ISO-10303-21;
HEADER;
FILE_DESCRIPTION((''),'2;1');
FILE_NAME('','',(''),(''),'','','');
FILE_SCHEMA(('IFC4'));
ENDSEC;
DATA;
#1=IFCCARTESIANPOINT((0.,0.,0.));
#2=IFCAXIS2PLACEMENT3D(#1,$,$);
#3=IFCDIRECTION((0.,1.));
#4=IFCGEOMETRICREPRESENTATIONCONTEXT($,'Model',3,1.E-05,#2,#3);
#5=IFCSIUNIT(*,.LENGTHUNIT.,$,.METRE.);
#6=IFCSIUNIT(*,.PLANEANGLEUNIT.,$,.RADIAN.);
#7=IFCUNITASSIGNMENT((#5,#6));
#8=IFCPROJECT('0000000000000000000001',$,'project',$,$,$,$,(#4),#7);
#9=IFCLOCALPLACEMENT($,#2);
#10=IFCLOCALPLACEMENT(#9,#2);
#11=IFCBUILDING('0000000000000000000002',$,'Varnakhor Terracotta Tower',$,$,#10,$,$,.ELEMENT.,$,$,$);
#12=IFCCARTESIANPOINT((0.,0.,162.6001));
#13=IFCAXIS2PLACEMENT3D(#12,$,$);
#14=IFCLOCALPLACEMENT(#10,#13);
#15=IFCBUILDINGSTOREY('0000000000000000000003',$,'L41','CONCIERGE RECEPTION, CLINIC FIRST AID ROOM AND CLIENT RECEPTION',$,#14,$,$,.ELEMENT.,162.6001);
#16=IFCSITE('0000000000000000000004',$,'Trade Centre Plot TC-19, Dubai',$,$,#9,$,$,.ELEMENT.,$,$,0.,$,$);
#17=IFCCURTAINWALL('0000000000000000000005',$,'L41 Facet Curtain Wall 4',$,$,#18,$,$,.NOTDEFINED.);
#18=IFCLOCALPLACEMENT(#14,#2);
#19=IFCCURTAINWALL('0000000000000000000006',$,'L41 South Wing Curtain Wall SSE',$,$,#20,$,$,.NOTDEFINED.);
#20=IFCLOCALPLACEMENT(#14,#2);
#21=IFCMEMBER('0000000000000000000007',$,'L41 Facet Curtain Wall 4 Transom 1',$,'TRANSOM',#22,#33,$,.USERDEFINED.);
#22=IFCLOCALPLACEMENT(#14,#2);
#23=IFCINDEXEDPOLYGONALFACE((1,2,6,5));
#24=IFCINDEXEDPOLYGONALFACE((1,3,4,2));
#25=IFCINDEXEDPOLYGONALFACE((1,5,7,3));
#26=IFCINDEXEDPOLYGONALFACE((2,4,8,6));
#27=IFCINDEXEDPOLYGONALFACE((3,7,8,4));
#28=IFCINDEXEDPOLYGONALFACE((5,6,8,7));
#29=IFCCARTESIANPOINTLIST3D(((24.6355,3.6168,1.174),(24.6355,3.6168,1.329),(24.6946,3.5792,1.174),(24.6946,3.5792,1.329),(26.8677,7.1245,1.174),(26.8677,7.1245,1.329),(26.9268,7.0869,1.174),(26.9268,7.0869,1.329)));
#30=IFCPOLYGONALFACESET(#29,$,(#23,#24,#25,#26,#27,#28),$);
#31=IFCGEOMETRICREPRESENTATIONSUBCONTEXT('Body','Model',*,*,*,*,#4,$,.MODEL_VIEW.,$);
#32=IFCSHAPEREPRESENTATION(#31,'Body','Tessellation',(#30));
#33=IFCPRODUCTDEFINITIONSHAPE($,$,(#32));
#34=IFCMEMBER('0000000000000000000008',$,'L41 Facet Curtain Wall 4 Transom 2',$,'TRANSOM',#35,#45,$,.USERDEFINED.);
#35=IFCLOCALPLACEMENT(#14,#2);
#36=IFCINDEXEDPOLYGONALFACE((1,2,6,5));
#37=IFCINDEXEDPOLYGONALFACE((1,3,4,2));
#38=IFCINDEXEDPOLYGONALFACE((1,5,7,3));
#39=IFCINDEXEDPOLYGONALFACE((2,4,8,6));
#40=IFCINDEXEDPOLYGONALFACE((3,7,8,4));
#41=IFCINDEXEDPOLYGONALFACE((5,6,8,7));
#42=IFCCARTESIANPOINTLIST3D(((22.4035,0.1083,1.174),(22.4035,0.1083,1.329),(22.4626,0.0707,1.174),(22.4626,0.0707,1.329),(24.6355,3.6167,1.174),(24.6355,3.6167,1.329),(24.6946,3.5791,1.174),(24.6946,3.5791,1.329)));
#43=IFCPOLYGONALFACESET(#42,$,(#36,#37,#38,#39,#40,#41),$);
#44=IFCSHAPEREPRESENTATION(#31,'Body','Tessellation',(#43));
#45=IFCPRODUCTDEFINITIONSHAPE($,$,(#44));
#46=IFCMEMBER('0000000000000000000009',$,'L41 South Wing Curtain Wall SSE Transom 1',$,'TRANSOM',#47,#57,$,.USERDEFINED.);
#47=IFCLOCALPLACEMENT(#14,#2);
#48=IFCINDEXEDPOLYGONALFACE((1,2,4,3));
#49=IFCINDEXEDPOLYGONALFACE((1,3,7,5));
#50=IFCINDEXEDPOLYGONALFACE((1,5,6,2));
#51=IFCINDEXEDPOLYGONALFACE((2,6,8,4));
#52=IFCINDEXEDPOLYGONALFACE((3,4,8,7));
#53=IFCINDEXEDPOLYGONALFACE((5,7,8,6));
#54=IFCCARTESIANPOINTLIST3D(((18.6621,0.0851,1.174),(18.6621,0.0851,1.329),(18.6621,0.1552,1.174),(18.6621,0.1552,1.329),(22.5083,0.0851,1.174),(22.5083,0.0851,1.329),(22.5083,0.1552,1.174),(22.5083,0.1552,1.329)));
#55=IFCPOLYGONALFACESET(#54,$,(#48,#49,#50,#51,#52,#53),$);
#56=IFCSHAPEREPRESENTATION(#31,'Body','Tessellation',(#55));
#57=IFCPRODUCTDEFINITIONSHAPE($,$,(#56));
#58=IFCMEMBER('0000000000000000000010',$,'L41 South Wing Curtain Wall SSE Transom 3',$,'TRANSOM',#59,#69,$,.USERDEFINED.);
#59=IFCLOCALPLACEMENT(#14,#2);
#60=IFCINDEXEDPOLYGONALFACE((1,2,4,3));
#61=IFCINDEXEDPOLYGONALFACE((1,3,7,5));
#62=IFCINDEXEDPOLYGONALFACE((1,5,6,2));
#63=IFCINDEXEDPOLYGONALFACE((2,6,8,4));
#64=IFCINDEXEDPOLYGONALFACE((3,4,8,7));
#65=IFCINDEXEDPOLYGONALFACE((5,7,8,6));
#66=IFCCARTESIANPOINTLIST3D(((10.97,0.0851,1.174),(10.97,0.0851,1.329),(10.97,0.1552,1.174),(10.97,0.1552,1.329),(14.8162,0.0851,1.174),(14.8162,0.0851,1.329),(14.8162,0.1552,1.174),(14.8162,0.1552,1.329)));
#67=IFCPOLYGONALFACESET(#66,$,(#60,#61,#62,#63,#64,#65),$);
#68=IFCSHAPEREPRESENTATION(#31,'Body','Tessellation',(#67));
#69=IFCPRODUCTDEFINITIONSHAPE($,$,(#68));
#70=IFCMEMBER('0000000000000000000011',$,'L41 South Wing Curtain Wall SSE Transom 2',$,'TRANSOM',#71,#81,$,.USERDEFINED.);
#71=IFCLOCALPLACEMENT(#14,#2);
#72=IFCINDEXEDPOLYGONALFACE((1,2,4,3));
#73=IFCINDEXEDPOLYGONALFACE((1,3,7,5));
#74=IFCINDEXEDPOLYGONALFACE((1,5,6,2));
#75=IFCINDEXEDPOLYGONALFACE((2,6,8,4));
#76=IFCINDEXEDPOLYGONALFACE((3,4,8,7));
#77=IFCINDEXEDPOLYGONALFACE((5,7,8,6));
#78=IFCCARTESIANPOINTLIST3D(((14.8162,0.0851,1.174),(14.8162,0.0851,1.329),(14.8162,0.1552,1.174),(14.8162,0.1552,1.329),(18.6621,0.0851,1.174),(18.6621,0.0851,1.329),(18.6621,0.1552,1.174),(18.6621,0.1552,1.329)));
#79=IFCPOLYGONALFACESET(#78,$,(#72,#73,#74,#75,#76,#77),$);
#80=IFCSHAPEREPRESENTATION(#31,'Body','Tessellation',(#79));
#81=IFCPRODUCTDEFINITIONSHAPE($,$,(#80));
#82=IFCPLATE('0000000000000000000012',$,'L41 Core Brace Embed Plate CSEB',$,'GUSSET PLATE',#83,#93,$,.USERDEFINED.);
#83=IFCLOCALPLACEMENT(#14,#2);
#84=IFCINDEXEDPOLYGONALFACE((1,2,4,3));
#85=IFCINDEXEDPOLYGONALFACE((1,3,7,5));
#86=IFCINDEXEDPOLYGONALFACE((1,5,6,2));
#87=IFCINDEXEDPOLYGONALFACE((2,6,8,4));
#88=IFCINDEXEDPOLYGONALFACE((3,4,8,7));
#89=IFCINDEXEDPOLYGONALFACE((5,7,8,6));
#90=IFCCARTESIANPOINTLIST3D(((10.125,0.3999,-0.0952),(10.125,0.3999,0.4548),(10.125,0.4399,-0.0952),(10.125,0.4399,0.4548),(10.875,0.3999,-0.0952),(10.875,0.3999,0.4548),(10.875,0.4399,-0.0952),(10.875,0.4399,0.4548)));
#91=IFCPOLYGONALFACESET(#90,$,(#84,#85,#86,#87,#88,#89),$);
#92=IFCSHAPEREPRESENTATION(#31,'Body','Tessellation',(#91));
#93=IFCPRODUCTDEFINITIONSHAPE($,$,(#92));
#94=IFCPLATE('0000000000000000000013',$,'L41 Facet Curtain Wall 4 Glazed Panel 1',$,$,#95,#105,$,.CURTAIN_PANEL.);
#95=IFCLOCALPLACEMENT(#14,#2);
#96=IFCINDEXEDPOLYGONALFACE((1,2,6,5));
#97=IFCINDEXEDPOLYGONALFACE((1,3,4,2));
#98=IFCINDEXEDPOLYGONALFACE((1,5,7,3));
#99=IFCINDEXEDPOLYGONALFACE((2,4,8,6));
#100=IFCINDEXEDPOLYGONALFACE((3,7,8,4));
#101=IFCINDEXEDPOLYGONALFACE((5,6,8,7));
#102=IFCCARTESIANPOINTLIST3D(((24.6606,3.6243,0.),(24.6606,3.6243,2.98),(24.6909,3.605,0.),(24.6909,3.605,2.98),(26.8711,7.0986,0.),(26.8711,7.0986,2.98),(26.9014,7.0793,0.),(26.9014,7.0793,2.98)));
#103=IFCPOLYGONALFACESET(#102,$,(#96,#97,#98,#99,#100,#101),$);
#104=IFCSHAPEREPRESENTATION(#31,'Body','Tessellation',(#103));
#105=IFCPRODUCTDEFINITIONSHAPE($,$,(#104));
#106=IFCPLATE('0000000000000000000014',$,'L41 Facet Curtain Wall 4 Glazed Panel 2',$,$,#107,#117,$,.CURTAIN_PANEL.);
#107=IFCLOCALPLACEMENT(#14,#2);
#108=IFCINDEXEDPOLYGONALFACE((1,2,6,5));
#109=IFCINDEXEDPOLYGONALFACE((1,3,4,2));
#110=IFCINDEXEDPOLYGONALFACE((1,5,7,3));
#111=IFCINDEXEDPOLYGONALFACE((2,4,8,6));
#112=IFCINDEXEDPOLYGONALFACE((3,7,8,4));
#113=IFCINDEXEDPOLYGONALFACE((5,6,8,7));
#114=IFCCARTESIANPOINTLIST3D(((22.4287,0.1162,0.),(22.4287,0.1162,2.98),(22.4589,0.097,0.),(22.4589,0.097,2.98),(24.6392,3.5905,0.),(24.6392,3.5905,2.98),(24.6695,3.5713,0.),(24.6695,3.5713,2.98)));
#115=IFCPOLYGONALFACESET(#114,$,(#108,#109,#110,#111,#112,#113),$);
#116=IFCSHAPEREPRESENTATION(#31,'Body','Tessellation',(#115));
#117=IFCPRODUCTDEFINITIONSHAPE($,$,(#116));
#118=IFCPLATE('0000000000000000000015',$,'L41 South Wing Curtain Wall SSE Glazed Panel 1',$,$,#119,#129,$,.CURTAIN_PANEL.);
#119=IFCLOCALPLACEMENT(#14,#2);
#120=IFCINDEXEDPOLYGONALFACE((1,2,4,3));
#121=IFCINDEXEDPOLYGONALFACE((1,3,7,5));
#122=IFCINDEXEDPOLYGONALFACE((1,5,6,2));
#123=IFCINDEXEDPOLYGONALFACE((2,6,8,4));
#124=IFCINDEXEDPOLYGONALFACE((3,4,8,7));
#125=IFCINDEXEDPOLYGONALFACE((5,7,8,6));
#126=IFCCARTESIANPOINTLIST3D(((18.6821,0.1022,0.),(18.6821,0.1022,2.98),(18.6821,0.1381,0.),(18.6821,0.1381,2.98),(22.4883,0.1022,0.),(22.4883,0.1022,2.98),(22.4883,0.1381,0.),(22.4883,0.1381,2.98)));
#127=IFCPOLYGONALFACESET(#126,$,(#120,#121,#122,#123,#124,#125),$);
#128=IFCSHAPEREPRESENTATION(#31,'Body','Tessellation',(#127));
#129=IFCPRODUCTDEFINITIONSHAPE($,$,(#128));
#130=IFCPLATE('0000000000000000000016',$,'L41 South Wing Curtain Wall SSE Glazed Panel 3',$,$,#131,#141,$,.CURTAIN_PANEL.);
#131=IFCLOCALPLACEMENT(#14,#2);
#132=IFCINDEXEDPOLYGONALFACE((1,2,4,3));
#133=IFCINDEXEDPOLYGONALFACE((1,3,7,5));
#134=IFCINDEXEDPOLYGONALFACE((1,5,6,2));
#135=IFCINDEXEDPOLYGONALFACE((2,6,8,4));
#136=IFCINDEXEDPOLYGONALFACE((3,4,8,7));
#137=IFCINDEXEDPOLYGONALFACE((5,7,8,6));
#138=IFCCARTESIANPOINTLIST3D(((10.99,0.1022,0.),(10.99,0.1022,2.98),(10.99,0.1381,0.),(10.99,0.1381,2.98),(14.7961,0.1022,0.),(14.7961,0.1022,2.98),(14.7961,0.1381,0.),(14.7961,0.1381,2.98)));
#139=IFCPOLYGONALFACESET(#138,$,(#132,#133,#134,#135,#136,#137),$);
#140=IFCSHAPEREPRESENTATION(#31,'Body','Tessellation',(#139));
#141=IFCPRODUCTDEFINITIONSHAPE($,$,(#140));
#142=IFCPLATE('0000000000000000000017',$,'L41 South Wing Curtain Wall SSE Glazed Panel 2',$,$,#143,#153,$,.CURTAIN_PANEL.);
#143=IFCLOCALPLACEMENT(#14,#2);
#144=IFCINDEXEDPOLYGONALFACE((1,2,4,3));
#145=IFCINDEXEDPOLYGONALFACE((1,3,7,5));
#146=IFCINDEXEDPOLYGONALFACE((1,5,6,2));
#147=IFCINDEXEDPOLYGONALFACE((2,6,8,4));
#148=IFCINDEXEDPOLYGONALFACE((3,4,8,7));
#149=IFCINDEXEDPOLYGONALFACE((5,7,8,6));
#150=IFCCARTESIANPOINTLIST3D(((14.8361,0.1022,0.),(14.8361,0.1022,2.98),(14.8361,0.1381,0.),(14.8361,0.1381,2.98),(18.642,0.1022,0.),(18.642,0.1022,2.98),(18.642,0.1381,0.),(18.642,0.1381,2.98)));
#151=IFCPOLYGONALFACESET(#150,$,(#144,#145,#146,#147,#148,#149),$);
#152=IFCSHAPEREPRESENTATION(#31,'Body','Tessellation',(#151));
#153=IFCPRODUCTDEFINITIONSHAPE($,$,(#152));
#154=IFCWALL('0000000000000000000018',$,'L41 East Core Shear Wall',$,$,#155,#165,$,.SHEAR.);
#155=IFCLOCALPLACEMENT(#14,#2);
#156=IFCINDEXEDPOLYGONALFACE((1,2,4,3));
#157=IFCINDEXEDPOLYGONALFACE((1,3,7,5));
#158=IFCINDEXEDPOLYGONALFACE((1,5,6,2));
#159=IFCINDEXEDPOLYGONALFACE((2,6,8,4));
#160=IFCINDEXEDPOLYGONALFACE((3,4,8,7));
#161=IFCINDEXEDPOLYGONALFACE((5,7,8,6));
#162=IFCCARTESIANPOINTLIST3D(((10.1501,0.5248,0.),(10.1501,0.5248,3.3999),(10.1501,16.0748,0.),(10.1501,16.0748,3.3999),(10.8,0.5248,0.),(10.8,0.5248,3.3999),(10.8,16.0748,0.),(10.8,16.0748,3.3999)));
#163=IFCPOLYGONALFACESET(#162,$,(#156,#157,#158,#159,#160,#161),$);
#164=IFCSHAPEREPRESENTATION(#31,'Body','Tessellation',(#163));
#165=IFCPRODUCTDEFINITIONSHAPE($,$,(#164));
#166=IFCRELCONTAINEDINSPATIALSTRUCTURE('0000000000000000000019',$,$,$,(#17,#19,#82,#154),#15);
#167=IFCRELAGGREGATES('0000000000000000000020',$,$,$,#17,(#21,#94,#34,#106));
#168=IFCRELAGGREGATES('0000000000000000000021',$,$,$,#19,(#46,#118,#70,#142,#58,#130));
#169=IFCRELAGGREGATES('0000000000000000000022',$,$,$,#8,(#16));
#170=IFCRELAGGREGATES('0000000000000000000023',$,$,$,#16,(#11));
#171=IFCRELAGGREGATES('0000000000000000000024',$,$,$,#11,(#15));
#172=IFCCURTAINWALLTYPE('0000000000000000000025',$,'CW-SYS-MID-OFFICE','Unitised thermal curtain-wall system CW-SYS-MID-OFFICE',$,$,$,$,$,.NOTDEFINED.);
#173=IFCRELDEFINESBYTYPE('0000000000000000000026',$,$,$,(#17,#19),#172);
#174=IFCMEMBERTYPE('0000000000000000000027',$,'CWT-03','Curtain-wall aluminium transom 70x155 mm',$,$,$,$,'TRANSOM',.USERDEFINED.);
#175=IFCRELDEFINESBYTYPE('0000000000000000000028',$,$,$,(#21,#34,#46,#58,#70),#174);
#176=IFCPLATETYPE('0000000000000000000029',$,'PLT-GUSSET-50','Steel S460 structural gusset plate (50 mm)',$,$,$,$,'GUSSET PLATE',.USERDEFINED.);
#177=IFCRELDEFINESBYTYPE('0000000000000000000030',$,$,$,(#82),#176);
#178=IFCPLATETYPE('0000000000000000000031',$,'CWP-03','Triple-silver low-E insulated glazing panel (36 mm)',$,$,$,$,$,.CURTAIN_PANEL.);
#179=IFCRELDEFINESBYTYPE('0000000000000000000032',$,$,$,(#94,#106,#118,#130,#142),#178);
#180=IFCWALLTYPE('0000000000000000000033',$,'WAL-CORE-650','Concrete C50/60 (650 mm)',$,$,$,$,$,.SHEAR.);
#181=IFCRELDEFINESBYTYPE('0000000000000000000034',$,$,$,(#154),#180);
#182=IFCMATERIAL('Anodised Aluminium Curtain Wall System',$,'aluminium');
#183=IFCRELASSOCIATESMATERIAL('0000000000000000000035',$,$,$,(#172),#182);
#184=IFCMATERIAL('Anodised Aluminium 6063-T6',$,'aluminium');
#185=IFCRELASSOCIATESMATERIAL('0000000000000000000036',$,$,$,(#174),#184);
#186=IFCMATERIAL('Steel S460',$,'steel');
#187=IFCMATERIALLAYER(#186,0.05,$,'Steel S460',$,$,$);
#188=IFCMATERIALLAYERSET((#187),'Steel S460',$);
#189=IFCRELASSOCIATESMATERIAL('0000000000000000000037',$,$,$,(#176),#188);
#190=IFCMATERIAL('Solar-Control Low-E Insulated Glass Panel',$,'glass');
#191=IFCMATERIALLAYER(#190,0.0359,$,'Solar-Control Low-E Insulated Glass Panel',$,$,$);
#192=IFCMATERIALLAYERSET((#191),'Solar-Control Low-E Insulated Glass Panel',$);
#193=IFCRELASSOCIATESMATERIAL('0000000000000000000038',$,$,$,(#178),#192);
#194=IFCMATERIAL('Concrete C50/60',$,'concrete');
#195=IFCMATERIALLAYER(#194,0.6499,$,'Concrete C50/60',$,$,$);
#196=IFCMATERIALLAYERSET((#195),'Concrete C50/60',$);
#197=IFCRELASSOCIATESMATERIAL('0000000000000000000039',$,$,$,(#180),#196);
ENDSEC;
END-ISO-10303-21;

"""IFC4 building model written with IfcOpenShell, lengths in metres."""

from ifc_helpers import new_model, si_unit, direction, frame, frame_2d, origin, origin_2d, place, context, subcontext, project, spatial, rectangle, extrude, source, transform, mapped, material, layer, layer_set, material_profile, profile_set, type_object, type_shapes, element, aggregate, save


model = new_model("IFC4")

# Units and contexts
model_context = context("Model", 3, precision=1e-05, world=origin(), true_north=direction((0.0, 1.0)))
body_context = subcontext(model_context, "Body", "Model", "MODEL_VIEW")
ifc_project = project(units=[si_unit("LENGTHUNIT", "METRE"), si_unit("PLANEANGLEUNIT", "RADIAN")], contexts=[model_context])

# Site, building, storey
site_placement = place(None, origin())
site = spatial("IfcSite", under=ifc_project, at=site_placement, Name="Trade Centre Plot TC-19, Dubai", CompositionType="ELEMENT", RefElevation=0.0)
building_placement = place(site_placement, origin())
building = spatial("IfcBuilding", under=site, at=building_placement, Name="Varnakhor Terracotta Tower", CompositionType="ELEMENT")
storey_placement = place(building_placement, frame((0.0, 0.0, 162.6001)))
storey = spatial("IfcBuildingStorey", under=building, at=storey_placement, Name="L41", Description="CONCIERGE RECEPTION, CLINIC FIRST AID ROOM AND CLIENT RECEPTION", CompositionType="ELEMENT", Elevation=162.6001)

# Shared definitions
ifc_material_1 = material(Name="Concrete C50/60", Category="concrete")
ifc_material_2 = material(Name="Steel S460", Category="steel")

# Curtain walls
ifc_material_3 = material(Name="Anodised Aluminium Curtain Wall System", Category="aluminium")
curtain_wall_type = type_object("IfcCurtainWallType", Name="CW-SYS-MID-OFFICE", Description="Unitised thermal curtain-wall system CW-SYS-MID-OFFICE", PredefinedType="NOTDEFINED", material=ifc_material_3)
curtain_wall_1_placement = place(storey_placement, origin())
curtain_wall_1 = element("IfcCurtainWall", 1, at=curtain_wall_1_placement, inside=storey, type_object=curtain_wall_type, Name="L41 Facet Curtain Wall 4", PredefinedType="NOTDEFINED")
ifc_material_4 = material(Name="Anodised Aluminium 6063-T6", Category="aluminium")
curtain_wall_2_placement = place(storey_placement, origin())
curtain_wall_2 = element("IfcCurtainWall", 2, at=curtain_wall_2_placement, inside=storey, type_object=curtain_wall_type, Name="L41 South Wing Curtain Wall SSE", PredefinedType="NOTDEFINED")

# Members
ifc_material_profile_1 = material_profile(ifc_material_4, rectangle(XDim=0.0701, YDim=0.155, at=origin_2d()), Name="ALU TRANSOM 70x155")
ifc_profile_set_1 = profile_set([ifc_material_profile_1], Name="Anodised Aluminium 6063-T6")
member_type_1 = type_object("IfcMemberType", Name="CWT-03", Description="Curtain-wall aluminium transom 70x155 mm", ElementType="TRANSOM", PredefinedType="USERDEFINED", material=ifc_profile_set_1)
shared_shape_1 = source(origin(), body_context, "Body", "SweptSolid", [
    extrude(rectangle(XDim=0.0701, YDim=0.155, at=origin_2d()), origin(), (0.0, 0.0, 1.0), 4.1577),
])
member_1_placement = place(storey_placement, frame((26.8972, 7.1057, 1.2515), z_axis=(-0.536864, -0.843669, 0.0), x_axis=(0.843669, -0.536864, 0.0)))
member_1 = element("IfcMember", 3, at=member_1_placement, type_object=member_type_1, Name="L41 Facet Curtain Wall 4 Transom 1", ObjectType="TRANSOM", PredefinedType="USERDEFINED", context=body_context, shape_type="MappedRepresentation", body=[
    mapped(shared_shape_1, transform((0.0, 0.0, 0.0), scale=1.0)),
])
shared_shape_2 = source(origin(), body_context, "Body", "SweptSolid", [
    extrude(rectangle(XDim=0.0701, YDim=0.155, at=origin_2d()), origin(), (0.0, 0.0, 1.0), 4.1582),
])
member_2_placement = place(storey_placement, frame((24.665, 3.5979, 1.2515), z_axis=(-0.536769, -0.843729, 0.0), x_axis=(0.843729, -0.536769, 0.0)))
member_2 = element("IfcMember", 4, at=member_2_placement, type_object=member_type_1, Name="L41 Facet Curtain Wall 4 Transom 2", ObjectType="TRANSOM", PredefinedType="USERDEFINED", context=body_context, shape_type="MappedRepresentation", body=[
    mapped(shared_shape_2, transform((0.0, 0.0, 0.0), scale=1.0)),
])
shared_shape_3 = source(origin(), body_context, "Body", "SweptSolid", [
    extrude(rectangle(XDim=0.0701, YDim=0.155, at=origin_2d()), origin(), (0.0, 0.0, 1.0), 3.8462),
])
member_3_placement = place(storey_placement, frame((22.5083, 0.1201, 1.2515), z_axis=(-1.0, 0.0, 0.0), x_axis=(0.0, -1.0, 0.0)))
member_3 = element("IfcMember", 5, at=member_3_placement, type_object=member_type_1, Name="L41 South Wing Curtain Wall SSE Transom 1", ObjectType="TRANSOM", PredefinedType="USERDEFINED", context=body_context, shape_type="MappedRepresentation", body=[
    mapped(shared_shape_3, transform((0.0, 0.0, 0.0), scale=1.0)),
])
member_4_placement = place(storey_placement, frame((14.8162, 0.1201, 1.2515), z_axis=(-1.0, 0.0, 0.0), x_axis=(0.0, -1.0, 0.0)))
member_4 = element("IfcMember", 6, at=member_4_placement, type_object=member_type_1, Name="L41 South Wing Curtain Wall SSE Transom 3", ObjectType="TRANSOM", PredefinedType="USERDEFINED", context=body_context, shape_type="MappedRepresentation", body=[
    mapped(shared_shape_3, transform((0.0, 0.0, 0.0), scale=1.0)),
])
shared_shape_4 = source(origin(), body_context, "Body", "SweptSolid", [
    extrude(rectangle(XDim=0.0701, YDim=0.155, at=origin_2d()), origin(), (0.0, 0.0, 1.0), 3.8459),
])
member_5_placement = place(storey_placement, frame((18.6621, 0.1201, 1.2515), z_axis=(-1.0, 0.0, 0.0), x_axis=(0.0, -1.0, 0.0)))
member_5 = element("IfcMember", 7, at=member_5_placement, type_object=member_type_1, Name="L41 South Wing Curtain Wall SSE Transom 2", ObjectType="TRANSOM", PredefinedType="USERDEFINED", context=body_context, shape_type="MappedRepresentation", body=[
    mapped(shared_shape_4, transform((0.0, 0.0, 0.0), scale=1.0)),
])

# Plates
ifc_layer_1 = layer(ifc_material_2, 0.05, Name="Steel S460")
ifc_layer_set_1 = layer_set([ifc_layer_1], Name="Steel S460")
plate_type_1 = type_object("IfcPlateType", Name="PLT-GUSSET-50", Description="Steel S460 structural gusset plate (50 mm)", ElementType="GUSSET PLATE", PredefinedType="USERDEFINED", material=ifc_layer_set_1)
shared_shape_5 = source(origin(), body_context, "Body", "SweptSolid", [
    extrude(rectangle(XDim=0.75, YDim=0.04, at=origin_2d()), origin(), (0.0, 0.0, 1.0), 0.55),
])
type_shapes(plate_type_1, [shared_shape_5])
plate_1_placement = place(storey_placement, frame((10.5, 0.4199, -0.0952), z_axis=(0.0, 0.0, 1.0), x_axis=(1.0, 0.0, 0.0)))
element("IfcPlate", 8, at=plate_1_placement, inside=storey, type_object=plate_type_1, Name="L41 Core Brace Embed Plate CSEB", ObjectType="GUSSET PLATE", PredefinedType="USERDEFINED", context=body_context, shape_type="MappedRepresentation", body=[
    mapped(shared_shape_5, transform((0.0, 0.0, 0.0), scale=1.0)),
])
ifc_material_5 = material(Name="Solar-Control Low-E Insulated Glass Panel", Category="glass")
ifc_layer_2 = layer(ifc_material_5, 0.0359, Name="Solar-Control Low-E Insulated Glass Panel")
ifc_layer_set_2 = layer_set([ifc_layer_2], Name="Solar-Control Low-E Insulated Glass Panel")
plate_type_2 = type_object("IfcPlateType", Name="CWP-03", Description="Triple-silver low-E insulated glazing panel (36 mm)", PredefinedType="CURTAIN_PANEL", material=ifc_layer_set_2)
shared_shape_6 = source(origin(), body_context, "Body", "SweptSolid", [
    extrude(rectangle(XDim=4.1179, YDim=0.0359, at=origin_2d()), origin(), (0.0, 0.0, 1.0), 2.98),
])
plate_2_placement = place(storey_placement, frame((25.781, 5.3518, 0.0), z_axis=(0.0, 0.0, 1.0), x_axis=(-0.536814, -0.843701, 0.0)))
plate_2 = element("IfcPlate", 9, at=plate_2_placement, type_object=plate_type_2, Name="L41 Facet Curtain Wall 4 Glazed Panel 1", PredefinedType="CURTAIN_PANEL", context=body_context, shape_type="MappedRepresentation", body=[
    mapped(shared_shape_6, transform((0.0, 0.0, 0.0), scale=1.0)),
])
plate_3_placement = place(storey_placement, frame((23.5491, 1.8438, 0.0), z_axis=(0.0, 0.0, 1.0), x_axis=(-0.536814, -0.843701, 0.0)))
plate_3 = element("IfcPlate", 10, at=plate_3_placement, type_object=plate_type_2, Name="L41 Facet Curtain Wall 4 Glazed Panel 2", PredefinedType="CURTAIN_PANEL", context=body_context, shape_type="MappedRepresentation", body=[
    mapped(shared_shape_6, transform((0.0, 0.0, 0.0), scale=1.0)),
])
aggregate(curtain_wall_1, [member_1, plate_2, member_2, plate_3])
shared_shape_7 = source(origin(), body_context, "Body", "SweptSolid", [
    extrude(rectangle(XDim=3.8062, YDim=0.0359, at=origin_2d()), origin(), (0.0, 0.0, 1.0), 2.98),
])
plate_4_placement = place(storey_placement, frame((20.5852, 0.1201, 0.0), z_axis=(0.0, 0.0, 1.0), x_axis=(-1.0, 0.0, 0.0)))
plate_4 = element("IfcPlate", 11, at=plate_4_placement, type_object=plate_type_2, Name="L41 South Wing Curtain Wall SSE Glazed Panel 1", PredefinedType="CURTAIN_PANEL", context=body_context, shape_type="MappedRepresentation", body=[
    mapped(shared_shape_7, transform((0.0, 0.0, 0.0), scale=1.0)),
])
plate_5_placement = place(storey_placement, frame((12.8931, 0.1201, 0.0), z_axis=(0.0, 0.0, 1.0), x_axis=(-1.0, 0.0, 0.0)))
plate_5 = element("IfcPlate", 12, at=plate_5_placement, type_object=plate_type_2, Name="L41 South Wing Curtain Wall SSE Glazed Panel 3", PredefinedType="CURTAIN_PANEL", context=body_context, shape_type="MappedRepresentation", body=[
    mapped(shared_shape_7, transform((0.0, 0.0, 0.0), scale=1.0)),
])
shared_shape_8 = source(origin(), body_context, "Body", "SweptSolid", [
    extrude(rectangle(XDim=3.8059, YDim=0.0359, at=origin_2d()), origin(), (0.0, 0.0, 1.0), 2.98),
])
plate_6_placement = place(storey_placement, frame((16.739, 0.1201, 0.0), z_axis=(0.0, 0.0, 1.0), x_axis=(-1.0, 0.0, 0.0)))
plate_6 = element("IfcPlate", 13, at=plate_6_placement, type_object=plate_type_2, Name="L41 South Wing Curtain Wall SSE Glazed Panel 2", PredefinedType="CURTAIN_PANEL", context=body_context, shape_type="MappedRepresentation", body=[
    mapped(shared_shape_8, transform((0.0, 0.0, 0.0), scale=1.0)),
])
aggregate(curtain_wall_2, [member_3, plate_4, member_5, plate_6, member_4, plate_5])

# Wall
ifc_layer_3 = layer(ifc_material_1, 0.6499, Name="Concrete C50/60")
ifc_layer_set_3 = layer_set([ifc_layer_3], Name="Concrete C50/60")
wall_type = type_object("IfcWallType", Name="WAL-CORE-650", Description="Concrete C50/60 (650 mm)", PredefinedType="SHEAR", material=ifc_layer_set_3)
wall_placement = place(storey_placement, frame((10.4751, 0.5249, 0.0), z_axis=(0.0, 0.0, 1.0), x_axis=(0.0, 1.0, 0.0)))
element("IfcWall", 14, at=wall_placement, inside=storey, type_object=wall_type, Name="L41 East Core Shear Wall", PredefinedType="SHEAR", context=body_context, shape_type="SweptSolid", body=[
    extrude(rectangle(XDim=15.55, YDim=0.6499, at=frame_2d((7.7749, 0.0))), origin(), (0.0, 0.0, 1.0), 3.3999),
])

save(model, "model.ifc")
